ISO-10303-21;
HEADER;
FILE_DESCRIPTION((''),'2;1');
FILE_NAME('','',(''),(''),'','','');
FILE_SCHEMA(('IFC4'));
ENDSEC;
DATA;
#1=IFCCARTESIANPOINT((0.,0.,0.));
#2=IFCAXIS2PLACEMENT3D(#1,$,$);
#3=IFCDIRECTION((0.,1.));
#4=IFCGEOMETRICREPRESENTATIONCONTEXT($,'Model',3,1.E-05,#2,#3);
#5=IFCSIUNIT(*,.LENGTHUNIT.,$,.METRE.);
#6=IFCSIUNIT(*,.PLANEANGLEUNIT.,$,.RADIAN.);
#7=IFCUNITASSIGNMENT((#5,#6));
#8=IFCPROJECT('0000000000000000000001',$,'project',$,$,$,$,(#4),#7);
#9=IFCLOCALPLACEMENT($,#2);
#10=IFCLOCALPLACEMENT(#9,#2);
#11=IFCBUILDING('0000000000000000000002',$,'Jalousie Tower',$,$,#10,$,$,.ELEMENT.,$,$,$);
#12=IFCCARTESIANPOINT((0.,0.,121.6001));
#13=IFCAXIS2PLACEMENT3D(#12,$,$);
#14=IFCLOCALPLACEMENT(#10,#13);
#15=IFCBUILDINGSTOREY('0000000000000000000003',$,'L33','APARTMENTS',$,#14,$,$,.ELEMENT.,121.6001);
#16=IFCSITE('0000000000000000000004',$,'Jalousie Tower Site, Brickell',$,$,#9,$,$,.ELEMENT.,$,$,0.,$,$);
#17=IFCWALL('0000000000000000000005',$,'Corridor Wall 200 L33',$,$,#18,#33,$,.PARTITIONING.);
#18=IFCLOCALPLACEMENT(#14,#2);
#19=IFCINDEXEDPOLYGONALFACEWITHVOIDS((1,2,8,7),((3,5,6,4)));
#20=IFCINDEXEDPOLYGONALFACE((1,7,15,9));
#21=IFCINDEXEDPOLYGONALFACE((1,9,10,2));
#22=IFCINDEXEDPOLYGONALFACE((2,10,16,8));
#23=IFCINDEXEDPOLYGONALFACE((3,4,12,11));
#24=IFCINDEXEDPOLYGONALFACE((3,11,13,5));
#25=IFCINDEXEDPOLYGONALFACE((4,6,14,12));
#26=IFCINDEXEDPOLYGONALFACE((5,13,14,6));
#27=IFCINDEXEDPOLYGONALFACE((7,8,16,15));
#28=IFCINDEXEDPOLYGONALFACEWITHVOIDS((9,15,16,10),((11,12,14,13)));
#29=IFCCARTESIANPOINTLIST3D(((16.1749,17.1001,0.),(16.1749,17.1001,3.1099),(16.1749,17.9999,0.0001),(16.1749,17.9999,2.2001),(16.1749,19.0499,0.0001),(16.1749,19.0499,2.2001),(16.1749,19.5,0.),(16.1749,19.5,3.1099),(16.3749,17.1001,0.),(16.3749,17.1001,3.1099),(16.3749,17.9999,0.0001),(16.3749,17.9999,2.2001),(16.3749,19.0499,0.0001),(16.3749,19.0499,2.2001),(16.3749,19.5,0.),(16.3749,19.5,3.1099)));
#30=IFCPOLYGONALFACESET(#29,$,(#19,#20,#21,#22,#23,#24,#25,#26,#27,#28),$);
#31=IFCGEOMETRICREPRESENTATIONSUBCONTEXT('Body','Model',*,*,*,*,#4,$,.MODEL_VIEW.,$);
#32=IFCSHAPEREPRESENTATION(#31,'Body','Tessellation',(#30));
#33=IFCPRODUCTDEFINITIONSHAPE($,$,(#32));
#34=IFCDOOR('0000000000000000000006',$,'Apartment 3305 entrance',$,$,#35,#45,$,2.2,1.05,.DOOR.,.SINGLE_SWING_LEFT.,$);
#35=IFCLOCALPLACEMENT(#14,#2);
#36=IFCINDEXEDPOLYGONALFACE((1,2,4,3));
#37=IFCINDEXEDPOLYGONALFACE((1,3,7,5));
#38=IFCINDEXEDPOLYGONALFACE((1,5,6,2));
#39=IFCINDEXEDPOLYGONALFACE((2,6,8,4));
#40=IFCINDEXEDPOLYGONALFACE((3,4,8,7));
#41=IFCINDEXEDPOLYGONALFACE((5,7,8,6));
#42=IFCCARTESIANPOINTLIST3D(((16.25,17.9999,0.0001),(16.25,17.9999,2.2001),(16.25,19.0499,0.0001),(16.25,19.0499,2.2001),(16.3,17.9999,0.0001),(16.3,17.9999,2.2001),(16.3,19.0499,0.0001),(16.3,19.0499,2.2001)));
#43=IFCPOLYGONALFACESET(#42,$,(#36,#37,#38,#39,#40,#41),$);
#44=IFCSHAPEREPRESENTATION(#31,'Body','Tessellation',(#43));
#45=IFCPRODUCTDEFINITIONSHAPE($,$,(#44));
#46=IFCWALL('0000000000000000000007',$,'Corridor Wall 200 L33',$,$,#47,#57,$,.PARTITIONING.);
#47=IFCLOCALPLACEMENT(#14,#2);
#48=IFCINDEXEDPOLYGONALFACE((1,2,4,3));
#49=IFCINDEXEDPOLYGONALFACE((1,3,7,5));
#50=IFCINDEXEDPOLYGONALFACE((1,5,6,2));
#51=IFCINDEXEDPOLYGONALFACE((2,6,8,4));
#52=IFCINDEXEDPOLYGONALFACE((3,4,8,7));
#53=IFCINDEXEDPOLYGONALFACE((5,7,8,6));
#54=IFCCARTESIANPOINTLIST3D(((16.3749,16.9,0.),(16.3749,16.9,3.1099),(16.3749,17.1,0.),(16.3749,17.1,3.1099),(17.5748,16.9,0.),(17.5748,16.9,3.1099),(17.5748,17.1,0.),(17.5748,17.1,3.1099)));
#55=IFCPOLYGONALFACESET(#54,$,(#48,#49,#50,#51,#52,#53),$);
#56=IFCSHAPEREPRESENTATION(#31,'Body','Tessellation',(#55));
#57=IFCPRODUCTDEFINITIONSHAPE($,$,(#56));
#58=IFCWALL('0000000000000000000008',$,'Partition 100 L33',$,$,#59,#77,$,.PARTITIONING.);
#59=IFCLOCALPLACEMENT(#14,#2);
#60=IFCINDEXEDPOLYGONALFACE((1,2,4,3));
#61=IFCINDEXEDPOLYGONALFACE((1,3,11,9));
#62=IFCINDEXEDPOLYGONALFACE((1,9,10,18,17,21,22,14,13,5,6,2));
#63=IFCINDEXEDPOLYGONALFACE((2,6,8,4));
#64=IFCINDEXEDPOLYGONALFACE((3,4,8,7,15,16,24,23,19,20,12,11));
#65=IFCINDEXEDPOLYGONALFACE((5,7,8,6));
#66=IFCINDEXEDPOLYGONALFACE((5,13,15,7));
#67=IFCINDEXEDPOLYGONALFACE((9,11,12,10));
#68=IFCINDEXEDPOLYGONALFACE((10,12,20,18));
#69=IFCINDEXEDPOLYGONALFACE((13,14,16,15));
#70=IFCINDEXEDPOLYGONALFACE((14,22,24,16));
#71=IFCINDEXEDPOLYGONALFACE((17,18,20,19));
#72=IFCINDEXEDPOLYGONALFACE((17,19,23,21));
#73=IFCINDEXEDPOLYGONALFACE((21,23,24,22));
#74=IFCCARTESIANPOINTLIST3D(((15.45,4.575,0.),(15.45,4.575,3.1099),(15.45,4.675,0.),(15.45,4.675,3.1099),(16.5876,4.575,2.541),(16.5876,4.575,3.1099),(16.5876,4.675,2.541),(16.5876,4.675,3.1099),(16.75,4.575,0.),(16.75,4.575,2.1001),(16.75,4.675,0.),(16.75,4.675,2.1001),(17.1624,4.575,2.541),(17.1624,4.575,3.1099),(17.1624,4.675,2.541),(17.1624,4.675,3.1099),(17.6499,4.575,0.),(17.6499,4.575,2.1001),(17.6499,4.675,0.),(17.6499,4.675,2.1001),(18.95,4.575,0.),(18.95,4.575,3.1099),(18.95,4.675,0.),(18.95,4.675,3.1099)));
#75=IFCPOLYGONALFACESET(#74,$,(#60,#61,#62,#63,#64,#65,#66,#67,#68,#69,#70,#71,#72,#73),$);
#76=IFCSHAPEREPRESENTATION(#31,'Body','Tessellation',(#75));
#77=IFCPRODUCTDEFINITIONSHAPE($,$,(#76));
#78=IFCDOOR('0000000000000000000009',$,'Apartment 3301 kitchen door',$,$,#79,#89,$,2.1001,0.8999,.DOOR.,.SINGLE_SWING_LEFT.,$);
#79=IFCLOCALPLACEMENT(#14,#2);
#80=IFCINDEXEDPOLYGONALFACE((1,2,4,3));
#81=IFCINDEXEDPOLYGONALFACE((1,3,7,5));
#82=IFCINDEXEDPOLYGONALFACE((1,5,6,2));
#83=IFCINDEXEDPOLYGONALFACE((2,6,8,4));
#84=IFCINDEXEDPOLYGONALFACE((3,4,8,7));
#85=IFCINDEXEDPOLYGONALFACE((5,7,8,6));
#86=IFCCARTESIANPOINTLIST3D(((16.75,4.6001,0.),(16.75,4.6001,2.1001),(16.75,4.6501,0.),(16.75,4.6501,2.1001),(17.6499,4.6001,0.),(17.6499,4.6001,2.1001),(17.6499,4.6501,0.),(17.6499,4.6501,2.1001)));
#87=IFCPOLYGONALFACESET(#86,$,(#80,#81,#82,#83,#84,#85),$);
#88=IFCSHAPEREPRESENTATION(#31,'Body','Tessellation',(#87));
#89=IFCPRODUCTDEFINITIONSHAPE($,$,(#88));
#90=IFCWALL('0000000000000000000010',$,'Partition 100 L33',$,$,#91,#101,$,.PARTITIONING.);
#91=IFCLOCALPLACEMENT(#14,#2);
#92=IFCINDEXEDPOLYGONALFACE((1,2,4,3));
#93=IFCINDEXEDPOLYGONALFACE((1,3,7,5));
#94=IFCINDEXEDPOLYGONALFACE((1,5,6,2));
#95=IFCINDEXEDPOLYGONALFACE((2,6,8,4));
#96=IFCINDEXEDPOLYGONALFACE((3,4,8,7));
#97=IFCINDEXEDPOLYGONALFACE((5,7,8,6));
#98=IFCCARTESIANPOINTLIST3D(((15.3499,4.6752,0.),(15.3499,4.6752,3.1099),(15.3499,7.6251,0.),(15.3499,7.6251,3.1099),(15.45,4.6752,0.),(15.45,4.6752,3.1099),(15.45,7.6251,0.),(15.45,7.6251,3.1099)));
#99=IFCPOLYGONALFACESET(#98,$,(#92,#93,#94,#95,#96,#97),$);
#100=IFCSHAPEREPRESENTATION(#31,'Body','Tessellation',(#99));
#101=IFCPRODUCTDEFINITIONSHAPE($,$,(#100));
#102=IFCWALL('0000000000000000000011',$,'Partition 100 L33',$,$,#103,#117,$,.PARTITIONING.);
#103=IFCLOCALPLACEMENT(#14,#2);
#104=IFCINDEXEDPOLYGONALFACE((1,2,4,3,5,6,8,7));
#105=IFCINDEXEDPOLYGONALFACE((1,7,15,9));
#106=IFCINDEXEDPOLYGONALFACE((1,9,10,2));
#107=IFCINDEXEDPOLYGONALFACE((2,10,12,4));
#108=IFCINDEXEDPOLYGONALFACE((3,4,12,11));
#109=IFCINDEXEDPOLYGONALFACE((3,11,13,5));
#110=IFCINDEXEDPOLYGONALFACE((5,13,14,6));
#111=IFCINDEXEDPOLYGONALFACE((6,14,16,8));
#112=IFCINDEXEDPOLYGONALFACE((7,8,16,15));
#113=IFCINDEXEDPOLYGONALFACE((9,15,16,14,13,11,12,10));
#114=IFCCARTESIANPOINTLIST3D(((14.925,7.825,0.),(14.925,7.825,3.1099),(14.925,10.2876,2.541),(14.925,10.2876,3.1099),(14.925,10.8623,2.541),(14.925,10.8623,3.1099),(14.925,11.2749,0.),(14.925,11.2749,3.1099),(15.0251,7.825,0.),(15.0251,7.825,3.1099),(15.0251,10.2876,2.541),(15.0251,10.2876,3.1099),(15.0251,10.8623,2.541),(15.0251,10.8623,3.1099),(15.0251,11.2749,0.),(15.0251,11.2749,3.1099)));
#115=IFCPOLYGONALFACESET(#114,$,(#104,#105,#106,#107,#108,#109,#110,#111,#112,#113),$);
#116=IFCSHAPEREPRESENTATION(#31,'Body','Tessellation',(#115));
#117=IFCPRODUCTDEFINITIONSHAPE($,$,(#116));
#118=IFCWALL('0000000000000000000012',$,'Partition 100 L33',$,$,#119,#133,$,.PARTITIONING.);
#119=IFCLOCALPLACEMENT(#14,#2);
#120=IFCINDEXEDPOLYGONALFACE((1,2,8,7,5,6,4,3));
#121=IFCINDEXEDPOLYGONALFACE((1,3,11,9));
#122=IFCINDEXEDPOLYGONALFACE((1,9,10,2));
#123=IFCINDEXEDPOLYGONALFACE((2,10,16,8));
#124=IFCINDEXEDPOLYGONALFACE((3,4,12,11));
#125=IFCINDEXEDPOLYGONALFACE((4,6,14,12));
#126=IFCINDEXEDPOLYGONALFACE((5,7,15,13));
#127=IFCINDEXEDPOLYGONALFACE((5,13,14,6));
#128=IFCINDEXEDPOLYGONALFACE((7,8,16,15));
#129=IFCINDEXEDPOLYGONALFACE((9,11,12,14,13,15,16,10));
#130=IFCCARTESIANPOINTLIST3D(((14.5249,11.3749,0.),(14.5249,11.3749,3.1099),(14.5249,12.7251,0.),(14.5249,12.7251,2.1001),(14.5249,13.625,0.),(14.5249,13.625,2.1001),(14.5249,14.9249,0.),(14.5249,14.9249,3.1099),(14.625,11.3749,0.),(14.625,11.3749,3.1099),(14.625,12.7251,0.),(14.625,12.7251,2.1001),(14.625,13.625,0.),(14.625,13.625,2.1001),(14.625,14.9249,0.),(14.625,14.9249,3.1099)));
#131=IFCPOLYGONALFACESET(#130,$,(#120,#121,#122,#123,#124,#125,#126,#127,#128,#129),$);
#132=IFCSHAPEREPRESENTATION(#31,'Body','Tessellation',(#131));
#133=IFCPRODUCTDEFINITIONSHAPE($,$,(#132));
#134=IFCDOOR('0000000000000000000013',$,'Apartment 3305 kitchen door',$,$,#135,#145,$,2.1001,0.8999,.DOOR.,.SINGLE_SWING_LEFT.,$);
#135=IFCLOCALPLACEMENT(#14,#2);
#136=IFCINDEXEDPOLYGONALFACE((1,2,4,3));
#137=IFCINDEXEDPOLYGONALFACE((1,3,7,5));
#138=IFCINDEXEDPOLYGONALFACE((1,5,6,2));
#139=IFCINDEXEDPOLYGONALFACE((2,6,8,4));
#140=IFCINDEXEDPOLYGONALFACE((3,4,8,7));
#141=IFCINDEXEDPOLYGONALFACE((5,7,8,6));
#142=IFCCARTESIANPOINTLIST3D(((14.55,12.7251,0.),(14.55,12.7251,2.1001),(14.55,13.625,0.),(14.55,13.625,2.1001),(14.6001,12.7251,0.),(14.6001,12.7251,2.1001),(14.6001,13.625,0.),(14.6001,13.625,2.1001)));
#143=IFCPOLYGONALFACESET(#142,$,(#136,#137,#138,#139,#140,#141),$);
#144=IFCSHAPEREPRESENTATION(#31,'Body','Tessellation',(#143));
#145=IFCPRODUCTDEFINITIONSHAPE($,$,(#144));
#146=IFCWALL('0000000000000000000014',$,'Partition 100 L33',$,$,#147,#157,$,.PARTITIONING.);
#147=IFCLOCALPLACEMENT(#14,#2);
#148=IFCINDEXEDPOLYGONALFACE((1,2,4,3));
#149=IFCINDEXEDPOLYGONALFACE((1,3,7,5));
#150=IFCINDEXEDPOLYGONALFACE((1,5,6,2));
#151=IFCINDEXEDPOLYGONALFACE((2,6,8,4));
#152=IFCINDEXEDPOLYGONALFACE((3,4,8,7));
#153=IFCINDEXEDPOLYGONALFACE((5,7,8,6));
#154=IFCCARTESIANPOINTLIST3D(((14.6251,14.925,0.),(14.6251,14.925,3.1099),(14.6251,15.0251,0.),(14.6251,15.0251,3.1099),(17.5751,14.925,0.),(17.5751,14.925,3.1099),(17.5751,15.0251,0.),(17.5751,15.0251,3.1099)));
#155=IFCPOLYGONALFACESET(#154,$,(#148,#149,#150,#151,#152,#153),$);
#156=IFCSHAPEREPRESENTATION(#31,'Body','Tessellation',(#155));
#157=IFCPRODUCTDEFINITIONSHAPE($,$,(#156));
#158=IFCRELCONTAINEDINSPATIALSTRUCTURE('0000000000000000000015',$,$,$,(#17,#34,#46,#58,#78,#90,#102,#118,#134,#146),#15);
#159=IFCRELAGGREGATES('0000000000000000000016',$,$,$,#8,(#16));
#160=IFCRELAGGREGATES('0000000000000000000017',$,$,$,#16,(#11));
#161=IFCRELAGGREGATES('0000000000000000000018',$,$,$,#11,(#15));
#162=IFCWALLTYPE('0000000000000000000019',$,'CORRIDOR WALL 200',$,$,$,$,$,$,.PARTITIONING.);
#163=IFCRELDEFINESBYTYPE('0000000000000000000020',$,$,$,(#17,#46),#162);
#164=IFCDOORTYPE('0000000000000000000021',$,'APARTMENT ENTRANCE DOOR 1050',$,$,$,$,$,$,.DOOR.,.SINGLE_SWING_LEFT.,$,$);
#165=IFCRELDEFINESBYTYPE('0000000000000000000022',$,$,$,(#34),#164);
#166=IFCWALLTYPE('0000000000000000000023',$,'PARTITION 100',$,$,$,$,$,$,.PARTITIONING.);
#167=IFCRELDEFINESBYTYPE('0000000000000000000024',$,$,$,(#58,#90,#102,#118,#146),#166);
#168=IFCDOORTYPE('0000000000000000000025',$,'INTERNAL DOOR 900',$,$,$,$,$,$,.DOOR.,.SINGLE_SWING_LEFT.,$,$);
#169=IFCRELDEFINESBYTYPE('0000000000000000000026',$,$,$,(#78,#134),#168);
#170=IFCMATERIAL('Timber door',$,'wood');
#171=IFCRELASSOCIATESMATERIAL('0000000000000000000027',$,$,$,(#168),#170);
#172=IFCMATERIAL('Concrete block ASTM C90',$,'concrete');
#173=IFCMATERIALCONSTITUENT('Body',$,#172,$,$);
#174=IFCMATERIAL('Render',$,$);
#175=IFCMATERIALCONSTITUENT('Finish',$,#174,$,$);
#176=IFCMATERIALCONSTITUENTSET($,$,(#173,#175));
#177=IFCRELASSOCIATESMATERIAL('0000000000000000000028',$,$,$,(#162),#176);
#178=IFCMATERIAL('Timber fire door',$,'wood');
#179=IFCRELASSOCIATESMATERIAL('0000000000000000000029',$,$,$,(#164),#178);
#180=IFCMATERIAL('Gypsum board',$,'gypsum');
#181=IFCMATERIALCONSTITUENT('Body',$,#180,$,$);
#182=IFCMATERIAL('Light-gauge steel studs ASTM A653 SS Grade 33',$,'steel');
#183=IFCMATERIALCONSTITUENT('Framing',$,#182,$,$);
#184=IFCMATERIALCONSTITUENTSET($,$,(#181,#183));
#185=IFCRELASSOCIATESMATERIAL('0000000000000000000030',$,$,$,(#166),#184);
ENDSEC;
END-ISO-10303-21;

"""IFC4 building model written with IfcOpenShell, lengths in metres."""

from ifc_helpers import new_model, si_unit, direction, frame, frame_2d, origin, place, context, subcontext, project, spatial, polyline, rectangle, outline, extrude, material, constituent, constituent_set, type_object, element, fill, save


model = new_model("IFC4")

# Units and contexts
model_context = context("Model", 3, precision=1e-05, world=origin(), true_north=direction((0.0, 1.0)))
body_context = subcontext(model_context, "Body", "Model", "MODEL_VIEW")
ifc_project = project(units=[si_unit("LENGTHUNIT", "METRE"), si_unit("PLANEANGLEUNIT", "RADIAN")], contexts=[model_context])

# Site, building, storey
site_placement = place(None, origin())
site = spatial("IfcSite", under=ifc_project, at=site_placement, Name="Jalousie Tower Site, Brickell", CompositionType="ELEMENT", RefElevation=0.0)
building_placement = place(site_placement, origin())
building = spatial("IfcBuilding", under=site, at=building_placement, Name="Jalousie Tower", CompositionType="ELEMENT")
storey_placement = place(building_placement, frame((0.0, 0.0, 121.6001)))
storey = spatial("IfcBuildingStorey", under=building, at=storey_placement, Name="L33", Description="APARTMENTS", CompositionType="ELEMENT", Elevation=121.6001)

# Shared definitions
ifc_material_1 = material(Name="Timber door", Category="wood")
door_type_1 = type_object("IfcDoorType", Name="INTERNAL DOOR 900", OperationType="SINGLE_SWING_LEFT", PredefinedType="DOOR", material=ifc_material_1)

# Shared definitions
ifc_material_2 = material(Name="Concrete block ASTM C90", Category="concrete")
ifc_constituent_1 = constituent(ifc_material_2, Name="Body")
ifc_material_3 = material(Name="Render")
ifc_constituent_2 = constituent(ifc_material_3, Name="Finish")
ifc_constituent_set_1 = constituent_set(constituents=[ifc_constituent_1, ifc_constituent_2])
wall_type_1 = type_object("IfcWallType", Name="CORRIDOR WALL 200", PredefinedType="PARTITIONING", material=ifc_constituent_set_1)
ifc_material_4 = material(Name="Timber fire door", Category="wood")
door_type_2 = type_object("IfcDoorType", Name="APARTMENT ENTRANCE DOOR 1050", OperationType="SINGLE_SWING_LEFT", PredefinedType="DOOR", material=ifc_material_4)

# Wall, opening, door
wall_1_placement = place(storey_placement, frame((16.2749, 17.1001, 0.0), z_axis=(0.0, 0.0, 1.0), x_axis=(0.0, 1.0, 0.0)))
wall_1 = element("IfcWall", 1, at=wall_1_placement, inside=storey, type_object=wall_type_1, Name="Corridor Wall 200 L33", PredefinedType="PARTITIONING", context=body_context, shape_type="SweptSolid", body=[
    extrude(rectangle(XDim=2.3999, YDim=0.2, at=frame_2d((1.2, 0.0))), origin(), (0.0, 0.0, 1.0), 3.1099),
])
opening_1_placement = place(wall_1_placement, frame((0.8999, 0.0, 0.0)))
opening_1 = element("IfcOpeningElement", 2, at=opening_1_placement, cuts=wall_1, PredefinedType="OPENING", context=body_context, shape_type="SweptSolid", body=[
    extrude(rectangle(XDim=1.05, YDim=2.2, at=frame_2d((0.5249, 1.1001))), frame((0.0, 0.1099, 0.0), z_axis=(0.0, -1.0, 0.0), x_axis=(1.0, 0.0, 0.0)), (0.0, 0.0, 1.0), 0.22),
])
door_1_placement = place(opening_1_placement, origin())
door_1 = element("IfcDoor", 3, at=door_1_placement, inside=storey, type_object=door_type_2, Name="Apartment 3305 entrance", OperationType="SINGLE_SWING_LEFT", OverallHeight=2.2, OverallWidth=1.05, PredefinedType="DOOR", context=body_context, shape_type="SweptSolid", body=[
    extrude(rectangle(XDim=1.05, YDim=2.2, at=frame_2d((0.5249, 1.1001))), frame((0.0, 0.0249, 0.0), z_axis=(0.0, -1.0, 0.0), x_axis=(1.0, 0.0, 0.0)), (0.0, 0.0, 1.0), 0.05),
])
fill(opening_1, door_1)

# Wall
wall_2_placement = place(storey_placement, frame((17.575, 17.0, 0.0), z_axis=(0.0, 0.0, 1.0), x_axis=(-1.0, 0.0, 0.0)))
element("IfcWall", 4, at=wall_2_placement, inside=storey, type_object=wall_type_1, Name="Corridor Wall 200 L33", PredefinedType="PARTITIONING", context=body_context, shape_type="SweptSolid", body=[
    extrude(rectangle(XDim=1.2, YDim=0.2, at=frame_2d((0.6001, 0.0))), origin(), (0.0, 0.0, 1.0), 3.1099),
])

# Wall, opening, door
ifc_material_5 = material(Name="Gypsum board", Category="gypsum")
ifc_constituent_3 = constituent(ifc_material_5, Name="Body")
ifc_material_6 = material(Name="Light-gauge steel studs ASTM A653 SS Grade 33", Category="steel")
ifc_constituent_4 = constituent(ifc_material_6, Name="Framing")
ifc_constituent_set_2 = constituent_set(constituents=[ifc_constituent_3, ifc_constituent_4])
wall_type_2 = type_object("IfcWallType", Name="PARTITION 100", PredefinedType="PARTITIONING", material=ifc_constituent_set_2)
wall_3_placement = place(storey_placement, frame((15.45, 4.625, 0.0), z_axis=(0.0, 0.0, 1.0), x_axis=(1.0, 0.0, 0.0)))
wall_3 = element("IfcWall", 5, at=wall_3_placement, inside=storey, type_object=wall_type_2, Name="Partition 100 L33", PredefinedType="PARTITIONING", context=body_context, shape_type="SweptSolid", body=[
    extrude(outline(polyline([(0.0, 0.0), (3.5, 0.0), (3.5, 3.1099), (1.7124, 3.1099), (1.7124, 2.541), (1.1377, 2.541), (1.1377, 3.1099), (0.0, 3.1099), (0.0, 0.0)])), frame((0.0, 0.05, 0.0), z_axis=(0.0, -1.0, 0.0), x_axis=(1.0, 0.0, 0.0)), (0.0, 0.0, 1.0), 0.1001),
])
opening_2_placement = place(wall_3_placement, frame((1.3, 0.0, 0.0)))
opening_2 = element("IfcOpeningElement", 6, at=opening_2_placement, cuts=wall_3, PredefinedType="OPENING", context=body_context, shape_type="SweptSolid", body=[
    extrude(rectangle(XDim=0.8999, YDim=2.1001, at=frame_2d((0.45, 1.05))), frame((0.0, 0.0601, 0.0), z_axis=(0.0, -1.0, 0.0), x_axis=(1.0, 0.0, 0.0)), (0.0, 0.0, 1.0), 0.1201),
])
door_2_placement = place(opening_2_placement, frame((0.8999, 0.0, 0.0), z_axis=(0.0, 0.0, 1.0), x_axis=(-1.0, 0.0, 0.0)))
door_2 = element("IfcDoor", 7, at=door_2_placement, inside=storey, type_object=door_type_1, Name="Apartment 3301 kitchen door", OperationType="SINGLE_SWING_LEFT", OverallHeight=2.1001, OverallWidth=0.8999, PredefinedType="DOOR", context=body_context, shape_type="SweptSolid", body=[
    extrude(rectangle(XDim=0.8999, YDim=2.1001, at=frame_2d((0.45, 1.05))), frame((0.0, 0.0249, 0.0), z_axis=(0.0, -1.0, 0.0), x_axis=(1.0, 0.0, 0.0)), (0.0, 0.0, 1.0), 0.05),
])
fill(opening_2, door_2)

# Walls
wall_4_placement = place(storey_placement, frame((15.3999, 4.675, 0.0), z_axis=(0.0, 0.0, 1.0), x_axis=(0.0, 1.0, 0.0)))
element("IfcWall", 8, at=wall_4_placement, inside=storey, type_object=wall_type_2, Name="Partition 100 L33", PredefinedType="PARTITIONING", context=body_context, shape_type="SweptSolid", body=[
    extrude(rectangle(XDim=2.95, YDim=0.1001, at=frame_2d((1.4751, 0.0))), origin(), (0.0, 0.0, 1.0), 3.1099),
])
wall_5_placement = place(storey_placement, frame((14.9751, 7.825, 0.0), z_axis=(0.0, 0.0, 1.0), x_axis=(0.0, 1.0, 0.0)))
element("IfcWall", 9, at=wall_5_placement, inside=storey, type_object=wall_type_2, Name="Partition 100 L33", PredefinedType="PARTITIONING", context=body_context, shape_type="SweptSolid", body=[
    extrude(outline(polyline([(0.0, 0.0), (3.45, 0.0), (3.45, 3.1099), (3.0374, 3.1099), (3.0374, 2.541), (2.4626, 2.541), (2.4626, 3.1099), (0.0, 3.1099), (0.0, 0.0)])), frame((0.0, 0.05, 0.0), z_axis=(0.0, -1.0, 0.0), x_axis=(1.0, 0.0, 0.0)), (0.0, 0.0, 1.0), 0.1001),
])

# Wall, opening, door
wall_6_placement = place(storey_placement, frame((14.575, 11.375, 0.0), z_axis=(0.0, 0.0, 1.0), x_axis=(0.0, 1.0, 0.0)))
wall_6 = element("IfcWall", 10, at=wall_6_placement, inside=storey, type_object=wall_type_2, Name="Partition 100 L33", PredefinedType="PARTITIONING", context=body_context, shape_type="SweptSolid", body=[
    extrude(rectangle(XDim=3.55, YDim=0.1001, at=frame_2d((1.7749, 0.0))), origin(), (0.0, 0.0, 1.0), 3.1099),
])
opening_3_placement = place(wall_6_placement, frame((1.3501, 0.0, 0.0)))
opening_3 = element("IfcOpeningElement", 11, at=opening_3_placement, cuts=wall_6, PredefinedType="OPENING", context=body_context, shape_type="SweptSolid", body=[
    extrude(rectangle(XDim=0.8999, YDim=2.1001, at=frame_2d((0.45, 1.05))), frame((0.0, 0.0601, 0.0), z_axis=(0.0, -1.0, 0.0), x_axis=(1.0, 0.0, 0.0)), (0.0, 0.0, 1.0), 0.1201),
])
door_3_placement = place(opening_3_placement, origin())
door_3 = element("IfcDoor", 12, at=door_3_placement, inside=storey, type_object=door_type_1, Name="Apartment 3305 kitchen door", OperationType="SINGLE_SWING_LEFT", OverallHeight=2.1001, OverallWidth=0.8999, PredefinedType="DOOR", context=body_context, shape_type="SweptSolid", body=[
    extrude(rectangle(XDim=0.8999, YDim=2.1001, at=frame_2d((0.45, 1.05))), frame((0.0, 0.0249, 0.0), z_axis=(0.0, -1.0, 0.0), x_axis=(1.0, 0.0, 0.0)), (0.0, 0.0, 1.0), 0.05),
])
fill(opening_3, door_3)

# Wall
wall_7_placement = place(storey_placement, frame((14.625, 14.9751, 0.0), z_axis=(0.0, 0.0, 1.0), x_axis=(1.0, 0.0, 0.0)))
element("IfcWall", 13, at=wall_7_placement, inside=storey, type_object=wall_type_2, Name="Partition 100 L33", PredefinedType="PARTITIONING", context=body_context, shape_type="SweptSolid", body=[
    extrude(rectangle(XDim=2.95, YDim=0.1001, at=frame_2d((1.4751, 0.0))), origin(), (0.0, 0.0, 1.0), 3.1099),
])

save(model, "model.ifc")
